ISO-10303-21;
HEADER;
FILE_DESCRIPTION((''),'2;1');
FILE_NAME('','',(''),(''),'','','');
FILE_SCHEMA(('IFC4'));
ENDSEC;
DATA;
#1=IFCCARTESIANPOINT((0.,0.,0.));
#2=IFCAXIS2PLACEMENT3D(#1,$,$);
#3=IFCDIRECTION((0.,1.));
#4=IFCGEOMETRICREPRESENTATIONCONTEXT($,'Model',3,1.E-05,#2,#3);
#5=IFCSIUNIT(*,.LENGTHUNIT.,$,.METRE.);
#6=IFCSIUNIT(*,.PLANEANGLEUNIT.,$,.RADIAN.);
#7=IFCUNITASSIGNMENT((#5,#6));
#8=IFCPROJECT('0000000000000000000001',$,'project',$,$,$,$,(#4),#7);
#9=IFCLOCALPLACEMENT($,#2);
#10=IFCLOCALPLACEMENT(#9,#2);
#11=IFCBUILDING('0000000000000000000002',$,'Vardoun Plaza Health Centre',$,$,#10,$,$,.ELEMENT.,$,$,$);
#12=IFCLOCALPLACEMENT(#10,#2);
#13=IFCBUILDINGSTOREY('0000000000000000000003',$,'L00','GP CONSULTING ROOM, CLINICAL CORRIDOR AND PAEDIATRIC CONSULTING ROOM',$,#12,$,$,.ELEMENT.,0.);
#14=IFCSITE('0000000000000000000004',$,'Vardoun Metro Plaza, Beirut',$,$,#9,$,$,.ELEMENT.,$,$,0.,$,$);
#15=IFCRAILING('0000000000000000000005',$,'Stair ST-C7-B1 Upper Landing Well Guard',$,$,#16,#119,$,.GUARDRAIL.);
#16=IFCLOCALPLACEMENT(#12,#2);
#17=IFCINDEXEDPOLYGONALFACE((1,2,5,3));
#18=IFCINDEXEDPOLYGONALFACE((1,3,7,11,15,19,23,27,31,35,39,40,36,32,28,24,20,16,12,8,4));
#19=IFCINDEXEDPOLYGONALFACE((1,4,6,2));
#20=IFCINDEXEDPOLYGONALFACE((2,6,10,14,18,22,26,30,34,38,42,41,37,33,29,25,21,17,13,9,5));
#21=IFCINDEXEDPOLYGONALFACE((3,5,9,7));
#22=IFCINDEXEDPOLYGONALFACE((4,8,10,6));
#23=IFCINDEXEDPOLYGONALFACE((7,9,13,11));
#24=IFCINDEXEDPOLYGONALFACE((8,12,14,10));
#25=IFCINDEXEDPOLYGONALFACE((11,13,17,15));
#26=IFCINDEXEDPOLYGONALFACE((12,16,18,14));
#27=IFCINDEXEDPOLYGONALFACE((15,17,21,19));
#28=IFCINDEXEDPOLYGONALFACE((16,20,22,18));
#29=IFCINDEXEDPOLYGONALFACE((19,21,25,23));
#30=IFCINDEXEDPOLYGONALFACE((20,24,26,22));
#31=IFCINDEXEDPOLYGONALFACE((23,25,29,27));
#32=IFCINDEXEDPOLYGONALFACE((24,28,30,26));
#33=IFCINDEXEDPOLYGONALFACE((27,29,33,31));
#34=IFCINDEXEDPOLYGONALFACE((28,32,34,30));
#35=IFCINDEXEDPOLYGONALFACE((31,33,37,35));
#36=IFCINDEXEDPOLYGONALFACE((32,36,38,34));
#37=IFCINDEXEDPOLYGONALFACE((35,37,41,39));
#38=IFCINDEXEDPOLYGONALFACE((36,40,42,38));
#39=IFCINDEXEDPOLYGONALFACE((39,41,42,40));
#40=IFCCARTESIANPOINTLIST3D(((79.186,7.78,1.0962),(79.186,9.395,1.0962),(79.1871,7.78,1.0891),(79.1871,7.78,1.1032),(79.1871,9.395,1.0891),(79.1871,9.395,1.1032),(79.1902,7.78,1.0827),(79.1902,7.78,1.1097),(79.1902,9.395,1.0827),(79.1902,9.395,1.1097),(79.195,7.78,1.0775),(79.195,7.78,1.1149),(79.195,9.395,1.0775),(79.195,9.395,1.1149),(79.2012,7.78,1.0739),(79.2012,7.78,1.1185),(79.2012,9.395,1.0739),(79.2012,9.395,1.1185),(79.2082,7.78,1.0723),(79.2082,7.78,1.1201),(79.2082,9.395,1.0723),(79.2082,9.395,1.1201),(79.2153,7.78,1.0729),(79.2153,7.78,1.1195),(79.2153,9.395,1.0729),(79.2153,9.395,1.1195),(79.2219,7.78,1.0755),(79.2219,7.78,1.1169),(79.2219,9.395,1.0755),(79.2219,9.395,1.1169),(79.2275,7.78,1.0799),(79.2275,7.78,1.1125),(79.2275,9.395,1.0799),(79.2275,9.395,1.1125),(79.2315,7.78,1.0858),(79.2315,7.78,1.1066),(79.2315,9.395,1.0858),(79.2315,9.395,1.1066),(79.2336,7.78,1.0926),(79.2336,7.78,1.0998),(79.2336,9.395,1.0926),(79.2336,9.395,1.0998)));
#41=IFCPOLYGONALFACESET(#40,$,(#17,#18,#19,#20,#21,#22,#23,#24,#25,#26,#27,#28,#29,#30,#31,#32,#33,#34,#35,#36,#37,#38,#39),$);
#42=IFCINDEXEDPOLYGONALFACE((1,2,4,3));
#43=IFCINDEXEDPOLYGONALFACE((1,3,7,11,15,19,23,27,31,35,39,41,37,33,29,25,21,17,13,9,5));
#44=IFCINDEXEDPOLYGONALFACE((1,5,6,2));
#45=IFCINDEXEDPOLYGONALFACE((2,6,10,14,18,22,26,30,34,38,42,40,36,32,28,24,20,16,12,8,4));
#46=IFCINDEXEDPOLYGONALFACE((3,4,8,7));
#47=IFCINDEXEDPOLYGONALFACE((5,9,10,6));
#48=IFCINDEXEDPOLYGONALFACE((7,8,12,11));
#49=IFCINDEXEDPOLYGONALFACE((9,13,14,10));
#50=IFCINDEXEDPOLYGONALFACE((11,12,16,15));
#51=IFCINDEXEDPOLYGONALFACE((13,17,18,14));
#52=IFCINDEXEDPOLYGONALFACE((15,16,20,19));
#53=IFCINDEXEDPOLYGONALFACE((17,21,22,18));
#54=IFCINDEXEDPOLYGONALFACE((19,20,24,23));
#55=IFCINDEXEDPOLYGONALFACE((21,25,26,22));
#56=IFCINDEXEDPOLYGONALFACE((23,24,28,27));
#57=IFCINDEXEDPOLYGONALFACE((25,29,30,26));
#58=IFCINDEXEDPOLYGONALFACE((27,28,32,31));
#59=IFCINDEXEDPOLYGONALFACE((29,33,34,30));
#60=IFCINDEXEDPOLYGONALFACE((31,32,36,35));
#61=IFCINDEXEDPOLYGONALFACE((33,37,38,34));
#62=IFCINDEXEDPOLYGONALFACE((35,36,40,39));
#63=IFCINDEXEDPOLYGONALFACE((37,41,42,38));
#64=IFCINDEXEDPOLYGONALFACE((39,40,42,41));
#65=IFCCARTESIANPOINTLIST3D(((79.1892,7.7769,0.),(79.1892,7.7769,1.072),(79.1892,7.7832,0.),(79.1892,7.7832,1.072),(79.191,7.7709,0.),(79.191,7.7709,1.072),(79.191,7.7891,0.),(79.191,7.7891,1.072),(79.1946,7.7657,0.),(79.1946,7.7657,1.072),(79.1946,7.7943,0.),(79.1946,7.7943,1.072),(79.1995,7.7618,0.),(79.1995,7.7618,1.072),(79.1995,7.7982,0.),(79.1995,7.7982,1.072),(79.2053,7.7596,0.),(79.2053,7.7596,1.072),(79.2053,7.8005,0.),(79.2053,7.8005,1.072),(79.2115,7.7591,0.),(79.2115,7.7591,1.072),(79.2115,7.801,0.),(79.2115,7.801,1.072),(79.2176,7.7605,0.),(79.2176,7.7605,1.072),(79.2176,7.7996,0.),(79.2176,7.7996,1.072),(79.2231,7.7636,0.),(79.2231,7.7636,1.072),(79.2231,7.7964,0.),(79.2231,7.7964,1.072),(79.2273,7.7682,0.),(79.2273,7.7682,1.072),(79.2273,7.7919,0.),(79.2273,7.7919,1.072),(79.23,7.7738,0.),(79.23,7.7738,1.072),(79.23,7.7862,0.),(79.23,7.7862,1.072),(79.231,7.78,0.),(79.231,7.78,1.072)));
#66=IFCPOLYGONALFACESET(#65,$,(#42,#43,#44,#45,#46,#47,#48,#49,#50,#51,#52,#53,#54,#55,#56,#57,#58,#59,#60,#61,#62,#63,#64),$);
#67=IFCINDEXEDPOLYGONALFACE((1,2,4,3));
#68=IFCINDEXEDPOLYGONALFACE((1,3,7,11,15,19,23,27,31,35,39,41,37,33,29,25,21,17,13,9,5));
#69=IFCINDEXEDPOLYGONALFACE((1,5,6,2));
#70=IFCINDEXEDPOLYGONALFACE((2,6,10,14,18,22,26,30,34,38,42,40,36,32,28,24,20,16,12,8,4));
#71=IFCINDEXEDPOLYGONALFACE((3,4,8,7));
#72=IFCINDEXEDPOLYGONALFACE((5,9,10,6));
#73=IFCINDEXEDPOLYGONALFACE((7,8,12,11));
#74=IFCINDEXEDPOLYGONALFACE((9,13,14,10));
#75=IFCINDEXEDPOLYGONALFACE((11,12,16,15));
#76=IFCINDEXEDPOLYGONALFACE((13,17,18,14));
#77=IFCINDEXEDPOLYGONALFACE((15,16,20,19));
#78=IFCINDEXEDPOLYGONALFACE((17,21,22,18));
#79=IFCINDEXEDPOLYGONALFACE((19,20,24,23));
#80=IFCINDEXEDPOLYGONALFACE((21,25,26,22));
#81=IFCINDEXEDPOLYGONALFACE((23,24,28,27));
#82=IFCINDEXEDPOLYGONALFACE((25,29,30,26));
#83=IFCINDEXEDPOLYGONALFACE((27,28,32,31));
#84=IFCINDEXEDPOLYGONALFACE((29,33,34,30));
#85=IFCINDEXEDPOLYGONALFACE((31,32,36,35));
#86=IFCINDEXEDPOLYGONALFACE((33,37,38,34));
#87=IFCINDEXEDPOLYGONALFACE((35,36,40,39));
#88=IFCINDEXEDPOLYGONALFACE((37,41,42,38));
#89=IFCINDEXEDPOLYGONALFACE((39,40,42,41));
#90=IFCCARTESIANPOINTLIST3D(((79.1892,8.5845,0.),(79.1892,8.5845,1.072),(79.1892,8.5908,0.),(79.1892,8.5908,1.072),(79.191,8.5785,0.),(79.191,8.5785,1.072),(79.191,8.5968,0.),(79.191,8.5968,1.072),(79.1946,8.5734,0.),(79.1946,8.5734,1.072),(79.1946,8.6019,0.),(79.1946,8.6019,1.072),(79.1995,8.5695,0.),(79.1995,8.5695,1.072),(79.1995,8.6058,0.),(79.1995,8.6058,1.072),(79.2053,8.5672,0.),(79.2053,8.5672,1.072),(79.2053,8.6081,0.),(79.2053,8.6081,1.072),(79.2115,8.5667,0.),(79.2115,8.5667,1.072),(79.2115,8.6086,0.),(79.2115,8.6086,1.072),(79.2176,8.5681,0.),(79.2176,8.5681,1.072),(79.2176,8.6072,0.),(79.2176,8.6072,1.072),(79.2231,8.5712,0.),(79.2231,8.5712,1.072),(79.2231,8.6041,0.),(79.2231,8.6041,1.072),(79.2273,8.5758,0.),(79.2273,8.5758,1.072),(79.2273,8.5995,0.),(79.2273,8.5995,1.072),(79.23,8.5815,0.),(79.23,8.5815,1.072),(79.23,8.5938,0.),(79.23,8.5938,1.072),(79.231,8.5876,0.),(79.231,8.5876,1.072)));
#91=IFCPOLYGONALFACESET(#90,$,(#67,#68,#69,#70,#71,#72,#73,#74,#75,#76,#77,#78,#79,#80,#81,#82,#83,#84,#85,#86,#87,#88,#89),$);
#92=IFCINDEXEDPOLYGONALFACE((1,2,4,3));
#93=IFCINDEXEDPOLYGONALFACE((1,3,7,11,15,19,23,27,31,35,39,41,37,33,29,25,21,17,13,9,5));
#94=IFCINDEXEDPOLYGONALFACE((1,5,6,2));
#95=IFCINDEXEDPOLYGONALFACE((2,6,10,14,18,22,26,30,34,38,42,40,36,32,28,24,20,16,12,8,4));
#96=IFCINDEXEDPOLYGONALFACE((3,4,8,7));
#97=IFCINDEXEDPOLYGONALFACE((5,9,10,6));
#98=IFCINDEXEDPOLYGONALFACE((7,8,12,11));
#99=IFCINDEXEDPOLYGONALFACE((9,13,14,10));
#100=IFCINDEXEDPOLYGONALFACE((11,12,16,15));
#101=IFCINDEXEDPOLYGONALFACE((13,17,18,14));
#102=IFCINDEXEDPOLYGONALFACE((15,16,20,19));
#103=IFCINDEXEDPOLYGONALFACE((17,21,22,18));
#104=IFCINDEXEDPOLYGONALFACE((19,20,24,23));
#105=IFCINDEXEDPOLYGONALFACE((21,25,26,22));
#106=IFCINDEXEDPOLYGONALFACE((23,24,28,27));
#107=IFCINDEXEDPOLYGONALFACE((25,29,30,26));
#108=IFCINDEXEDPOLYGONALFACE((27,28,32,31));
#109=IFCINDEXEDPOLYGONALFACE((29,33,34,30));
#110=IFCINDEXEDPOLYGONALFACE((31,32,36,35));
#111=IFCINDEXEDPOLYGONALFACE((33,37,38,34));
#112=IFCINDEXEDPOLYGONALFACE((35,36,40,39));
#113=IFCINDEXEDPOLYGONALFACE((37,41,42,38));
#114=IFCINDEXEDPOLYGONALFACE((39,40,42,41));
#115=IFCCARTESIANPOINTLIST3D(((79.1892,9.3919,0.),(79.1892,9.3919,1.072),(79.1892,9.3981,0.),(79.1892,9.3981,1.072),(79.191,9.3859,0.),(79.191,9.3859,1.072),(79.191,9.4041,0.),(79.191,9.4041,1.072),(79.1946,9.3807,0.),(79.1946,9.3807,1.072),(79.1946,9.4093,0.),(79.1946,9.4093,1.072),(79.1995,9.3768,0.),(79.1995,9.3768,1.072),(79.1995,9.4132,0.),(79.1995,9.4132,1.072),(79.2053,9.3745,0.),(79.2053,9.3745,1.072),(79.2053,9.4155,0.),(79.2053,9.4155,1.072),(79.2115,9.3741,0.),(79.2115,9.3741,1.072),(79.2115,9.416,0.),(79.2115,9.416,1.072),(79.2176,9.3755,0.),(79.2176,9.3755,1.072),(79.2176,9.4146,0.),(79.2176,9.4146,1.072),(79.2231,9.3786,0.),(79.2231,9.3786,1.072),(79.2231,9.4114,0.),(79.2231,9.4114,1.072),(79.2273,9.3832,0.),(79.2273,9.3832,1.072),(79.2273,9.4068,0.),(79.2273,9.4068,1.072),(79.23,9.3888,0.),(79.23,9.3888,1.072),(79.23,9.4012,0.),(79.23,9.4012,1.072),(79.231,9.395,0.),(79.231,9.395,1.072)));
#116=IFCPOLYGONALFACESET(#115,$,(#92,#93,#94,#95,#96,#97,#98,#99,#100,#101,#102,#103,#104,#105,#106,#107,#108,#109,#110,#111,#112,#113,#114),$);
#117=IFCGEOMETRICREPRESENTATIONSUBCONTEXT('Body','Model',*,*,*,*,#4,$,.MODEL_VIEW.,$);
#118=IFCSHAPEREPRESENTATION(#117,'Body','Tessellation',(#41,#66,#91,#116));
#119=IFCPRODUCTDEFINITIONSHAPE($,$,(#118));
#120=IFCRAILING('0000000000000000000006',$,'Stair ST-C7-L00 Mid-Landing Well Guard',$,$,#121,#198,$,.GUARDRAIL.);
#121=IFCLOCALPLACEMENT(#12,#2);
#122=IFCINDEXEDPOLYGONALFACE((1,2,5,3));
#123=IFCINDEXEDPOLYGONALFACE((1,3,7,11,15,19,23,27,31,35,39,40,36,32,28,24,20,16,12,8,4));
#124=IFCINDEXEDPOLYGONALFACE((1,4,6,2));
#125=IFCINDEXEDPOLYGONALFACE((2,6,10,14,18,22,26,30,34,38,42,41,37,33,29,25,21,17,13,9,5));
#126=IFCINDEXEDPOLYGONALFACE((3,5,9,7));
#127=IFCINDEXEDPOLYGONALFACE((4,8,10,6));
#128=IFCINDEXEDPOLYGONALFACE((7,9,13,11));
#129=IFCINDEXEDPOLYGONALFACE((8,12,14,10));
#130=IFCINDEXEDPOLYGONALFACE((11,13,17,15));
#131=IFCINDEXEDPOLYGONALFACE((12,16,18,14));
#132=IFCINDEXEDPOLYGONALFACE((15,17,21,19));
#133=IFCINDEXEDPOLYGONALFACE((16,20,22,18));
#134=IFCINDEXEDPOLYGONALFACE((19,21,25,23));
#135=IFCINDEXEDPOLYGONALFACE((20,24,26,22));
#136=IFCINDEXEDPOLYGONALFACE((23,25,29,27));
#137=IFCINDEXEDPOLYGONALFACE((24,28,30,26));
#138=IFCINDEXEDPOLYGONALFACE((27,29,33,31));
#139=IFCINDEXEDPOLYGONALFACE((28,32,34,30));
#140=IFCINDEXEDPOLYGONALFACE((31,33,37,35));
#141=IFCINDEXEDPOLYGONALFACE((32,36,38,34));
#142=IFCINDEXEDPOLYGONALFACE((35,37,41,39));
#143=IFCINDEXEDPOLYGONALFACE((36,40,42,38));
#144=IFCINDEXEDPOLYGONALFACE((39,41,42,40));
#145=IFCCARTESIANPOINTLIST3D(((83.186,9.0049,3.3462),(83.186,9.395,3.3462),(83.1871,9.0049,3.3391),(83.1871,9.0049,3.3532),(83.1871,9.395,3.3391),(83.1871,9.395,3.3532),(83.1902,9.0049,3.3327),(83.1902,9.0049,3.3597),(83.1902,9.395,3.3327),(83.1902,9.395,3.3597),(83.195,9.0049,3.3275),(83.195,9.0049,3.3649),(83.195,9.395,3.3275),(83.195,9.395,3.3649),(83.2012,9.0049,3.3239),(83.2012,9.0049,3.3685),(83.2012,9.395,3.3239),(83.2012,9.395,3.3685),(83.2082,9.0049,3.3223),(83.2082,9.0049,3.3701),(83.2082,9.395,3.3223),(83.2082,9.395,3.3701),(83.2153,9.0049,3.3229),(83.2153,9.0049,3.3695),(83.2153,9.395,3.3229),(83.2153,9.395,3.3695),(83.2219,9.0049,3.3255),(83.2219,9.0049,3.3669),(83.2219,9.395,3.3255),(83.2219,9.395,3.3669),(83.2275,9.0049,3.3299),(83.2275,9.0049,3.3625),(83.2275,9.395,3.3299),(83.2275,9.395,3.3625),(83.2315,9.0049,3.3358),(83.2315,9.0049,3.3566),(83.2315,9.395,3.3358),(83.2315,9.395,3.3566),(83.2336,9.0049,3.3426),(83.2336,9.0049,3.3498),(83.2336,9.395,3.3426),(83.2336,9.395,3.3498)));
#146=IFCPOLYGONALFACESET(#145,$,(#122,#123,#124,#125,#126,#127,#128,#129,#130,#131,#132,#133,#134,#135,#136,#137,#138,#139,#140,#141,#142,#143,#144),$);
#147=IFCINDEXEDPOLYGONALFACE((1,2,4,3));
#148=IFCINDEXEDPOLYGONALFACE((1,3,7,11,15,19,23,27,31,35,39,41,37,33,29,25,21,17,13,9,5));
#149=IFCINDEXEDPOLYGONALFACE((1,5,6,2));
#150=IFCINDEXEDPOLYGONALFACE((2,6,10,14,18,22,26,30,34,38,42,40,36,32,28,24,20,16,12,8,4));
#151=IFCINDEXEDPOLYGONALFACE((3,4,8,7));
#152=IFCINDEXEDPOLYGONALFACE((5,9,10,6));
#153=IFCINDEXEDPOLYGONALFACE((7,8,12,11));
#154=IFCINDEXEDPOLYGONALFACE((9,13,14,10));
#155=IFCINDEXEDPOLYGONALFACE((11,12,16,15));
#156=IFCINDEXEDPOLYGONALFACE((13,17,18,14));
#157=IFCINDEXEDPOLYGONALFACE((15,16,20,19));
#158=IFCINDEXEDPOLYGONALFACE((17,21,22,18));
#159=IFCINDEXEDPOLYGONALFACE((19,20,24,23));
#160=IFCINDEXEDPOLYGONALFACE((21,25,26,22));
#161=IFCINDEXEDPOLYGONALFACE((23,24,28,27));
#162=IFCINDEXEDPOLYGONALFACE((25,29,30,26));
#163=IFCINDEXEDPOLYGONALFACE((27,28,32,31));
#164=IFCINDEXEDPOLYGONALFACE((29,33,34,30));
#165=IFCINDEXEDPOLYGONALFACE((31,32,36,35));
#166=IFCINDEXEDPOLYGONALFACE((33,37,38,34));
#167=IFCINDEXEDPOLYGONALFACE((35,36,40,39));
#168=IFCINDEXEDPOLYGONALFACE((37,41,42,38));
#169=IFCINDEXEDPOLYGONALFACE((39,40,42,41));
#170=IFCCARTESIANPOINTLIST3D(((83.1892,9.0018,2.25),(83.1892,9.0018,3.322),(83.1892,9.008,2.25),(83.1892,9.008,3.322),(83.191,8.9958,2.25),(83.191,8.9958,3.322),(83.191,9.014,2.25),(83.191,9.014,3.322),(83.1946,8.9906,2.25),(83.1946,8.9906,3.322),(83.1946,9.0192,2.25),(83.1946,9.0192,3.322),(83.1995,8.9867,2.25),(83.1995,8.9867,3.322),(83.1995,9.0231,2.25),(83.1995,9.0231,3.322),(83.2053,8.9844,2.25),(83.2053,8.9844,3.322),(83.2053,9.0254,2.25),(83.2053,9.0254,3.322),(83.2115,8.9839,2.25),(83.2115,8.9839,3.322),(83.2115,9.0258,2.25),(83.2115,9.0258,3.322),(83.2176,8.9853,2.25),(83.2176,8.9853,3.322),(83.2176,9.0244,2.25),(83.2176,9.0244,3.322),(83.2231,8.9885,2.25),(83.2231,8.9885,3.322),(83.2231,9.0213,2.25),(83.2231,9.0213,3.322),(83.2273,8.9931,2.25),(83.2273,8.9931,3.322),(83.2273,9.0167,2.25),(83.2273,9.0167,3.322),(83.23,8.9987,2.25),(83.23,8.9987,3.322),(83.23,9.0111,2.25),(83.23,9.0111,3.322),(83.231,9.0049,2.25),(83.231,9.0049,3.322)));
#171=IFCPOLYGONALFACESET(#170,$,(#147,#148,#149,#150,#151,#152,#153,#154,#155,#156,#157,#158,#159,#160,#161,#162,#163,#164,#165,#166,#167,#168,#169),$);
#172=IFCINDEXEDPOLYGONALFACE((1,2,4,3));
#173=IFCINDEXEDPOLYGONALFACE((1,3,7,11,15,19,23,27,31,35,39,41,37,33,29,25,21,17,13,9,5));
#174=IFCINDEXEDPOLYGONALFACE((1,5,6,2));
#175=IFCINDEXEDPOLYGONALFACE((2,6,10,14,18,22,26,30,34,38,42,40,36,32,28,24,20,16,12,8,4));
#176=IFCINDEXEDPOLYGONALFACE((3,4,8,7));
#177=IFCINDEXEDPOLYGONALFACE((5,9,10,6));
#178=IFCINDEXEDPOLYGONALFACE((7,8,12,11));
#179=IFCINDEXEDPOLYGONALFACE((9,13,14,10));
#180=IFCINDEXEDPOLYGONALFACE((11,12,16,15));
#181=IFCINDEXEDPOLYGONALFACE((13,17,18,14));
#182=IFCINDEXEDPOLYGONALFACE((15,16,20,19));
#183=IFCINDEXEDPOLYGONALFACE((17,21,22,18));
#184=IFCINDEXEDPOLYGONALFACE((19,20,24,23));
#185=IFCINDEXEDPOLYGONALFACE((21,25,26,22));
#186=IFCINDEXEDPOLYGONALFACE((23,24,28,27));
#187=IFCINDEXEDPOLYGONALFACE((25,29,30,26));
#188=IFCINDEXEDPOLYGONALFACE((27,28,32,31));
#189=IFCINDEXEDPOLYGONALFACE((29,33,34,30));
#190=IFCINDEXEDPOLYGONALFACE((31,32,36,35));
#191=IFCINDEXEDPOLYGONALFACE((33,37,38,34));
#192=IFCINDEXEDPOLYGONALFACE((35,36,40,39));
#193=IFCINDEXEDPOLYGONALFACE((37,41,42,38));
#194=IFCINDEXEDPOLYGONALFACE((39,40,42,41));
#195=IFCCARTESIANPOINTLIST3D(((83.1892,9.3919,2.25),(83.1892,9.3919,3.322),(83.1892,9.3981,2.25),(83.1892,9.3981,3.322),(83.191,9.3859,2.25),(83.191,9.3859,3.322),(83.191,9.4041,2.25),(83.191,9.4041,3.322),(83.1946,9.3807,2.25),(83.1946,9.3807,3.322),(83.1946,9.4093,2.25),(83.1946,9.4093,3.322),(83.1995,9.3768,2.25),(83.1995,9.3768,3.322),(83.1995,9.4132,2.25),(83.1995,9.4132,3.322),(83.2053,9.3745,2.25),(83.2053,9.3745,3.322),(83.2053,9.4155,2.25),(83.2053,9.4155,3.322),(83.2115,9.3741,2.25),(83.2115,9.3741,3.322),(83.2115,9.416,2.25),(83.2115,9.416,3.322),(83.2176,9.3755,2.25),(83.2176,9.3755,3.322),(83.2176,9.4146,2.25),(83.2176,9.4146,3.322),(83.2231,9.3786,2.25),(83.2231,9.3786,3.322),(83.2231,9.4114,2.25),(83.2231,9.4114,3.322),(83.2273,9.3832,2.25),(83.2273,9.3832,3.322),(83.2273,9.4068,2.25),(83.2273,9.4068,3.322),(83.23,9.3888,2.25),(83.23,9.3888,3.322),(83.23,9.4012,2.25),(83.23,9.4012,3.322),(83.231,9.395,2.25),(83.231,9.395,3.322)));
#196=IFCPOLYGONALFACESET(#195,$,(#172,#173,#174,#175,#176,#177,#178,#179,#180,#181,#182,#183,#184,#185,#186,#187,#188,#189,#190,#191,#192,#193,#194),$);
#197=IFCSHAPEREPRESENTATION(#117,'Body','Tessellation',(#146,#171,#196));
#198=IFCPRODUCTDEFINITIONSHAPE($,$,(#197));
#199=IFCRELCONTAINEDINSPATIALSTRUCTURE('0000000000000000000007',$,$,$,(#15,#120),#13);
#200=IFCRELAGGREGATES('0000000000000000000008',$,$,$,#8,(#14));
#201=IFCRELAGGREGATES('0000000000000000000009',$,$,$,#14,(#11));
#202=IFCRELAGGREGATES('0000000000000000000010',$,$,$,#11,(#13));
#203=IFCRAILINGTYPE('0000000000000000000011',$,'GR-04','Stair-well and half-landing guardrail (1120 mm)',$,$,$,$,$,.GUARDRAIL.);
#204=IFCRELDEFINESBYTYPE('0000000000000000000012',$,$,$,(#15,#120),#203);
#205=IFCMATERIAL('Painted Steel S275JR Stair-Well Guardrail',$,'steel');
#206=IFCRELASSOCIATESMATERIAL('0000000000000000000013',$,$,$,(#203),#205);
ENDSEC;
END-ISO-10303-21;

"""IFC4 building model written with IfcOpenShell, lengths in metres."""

from ifc_helpers import new_model, si_unit, direction, frame, origin, origin_2d, place, context, subcontext, project, spatial, circle, extrude, material, type_object, element, save


model = new_model("IFC4")

# Units and contexts
model_context = context("Model", 3, precision=1e-05, world=origin(), true_north=direction((0.0, 1.0)))
body_context = subcontext(model_context, "Body", "Model", "MODEL_VIEW")
ifc_project = project(units=[si_unit("LENGTHUNIT", "METRE"), si_unit("PLANEANGLEUNIT", "RADIAN")], contexts=[model_context])

# Site, building, storey
site_placement = place(None, origin())
site = spatial("IfcSite", under=ifc_project, at=site_placement, Name="Vardoun Metro Plaza, Beirut", CompositionType="ELEMENT", RefElevation=0.0)
building_placement = place(site_placement, origin())
building = spatial("IfcBuilding", under=site, at=building_placement, Name="Vardoun Plaza Health Centre", CompositionType="ELEMENT")
storey_placement = place(building_placement, origin())
storey = spatial("IfcBuildingStorey", under=building, at=storey_placement, Name="L00", Description="GP CONSULTING ROOM, CLINICAL CORRIDOR AND PAEDIATRIC CONSULTING ROOM", CompositionType="ELEMENT", Elevation=0.0)

# Railings
ifc_material_1 = material(Name="Painted Steel S275JR Stair-Well Guardrail", Category="steel")
railing_type_1 = type_object("IfcRailingType", Name="GR-04", Description="Stair-well and half-landing guardrail (1120 mm)", PredefinedType="GUARDRAIL", material=ifc_material_1)
railing_1_placement = place(storey_placement, frame((79.21, 7.78, 0.0)))
element("IfcRailing", 1, at=railing_1_placement, inside=storey, type_object=railing_type_1, Name="Stair ST-C7-B1 Upper Landing Well Guard", PredefinedType="GUARDRAIL", context=body_context, shape_type="SweptSolid", body=[
    extrude(circle(Radius=0.0239, at=origin_2d()), frame((0.0, 0.0, 1.0962), z_axis=(0.0, 1.0, 0.0), x_axis=(-1.0, 0.0, 0.0)), (0.0, 0.0, 1.0), 1.615),
    extrude(circle(Radius=0.021, at=origin_2d()), origin(), (0.0, 0.0, 1.0), 1.072),
    extrude(circle(Radius=0.021, at=origin_2d()), frame((0.0, 0.8076, 0.0)), (0.0, 0.0, 1.0), 1.072),
    extrude(circle(Radius=0.021, at=origin_2d()), frame((0.0, 1.615, 0.0)), (0.0, 0.0, 1.0), 1.072),
])
railing_2_placement = place(storey_placement, frame((83.21, 9.0049, 2.25)))
element("IfcRailing", 2, at=railing_2_placement, inside=storey, type_object=railing_type_1, Name="Stair ST-C7-L00 Mid-Landing Well Guard", PredefinedType="GUARDRAIL", context=body_context, shape_type="SweptSolid", body=[
    extrude(circle(Radius=0.0239, at=origin_2d()), frame((0.0, 0.0, 1.0962), z_axis=(0.0, 1.0, 0.0), x_axis=(-1.0, 0.0, 0.0)), (0.0, 0.0, 1.0), 0.3901),
    extrude(circle(Radius=0.021, at=origin_2d()), origin(), (0.0, 0.0, 1.0), 1.072),
    extrude(circle(Radius=0.021, at=origin_2d()), frame((0.0, 0.3901, 0.0)), (0.0, 0.0, 1.0), 1.072),
])

save(model, "model.ifc")
